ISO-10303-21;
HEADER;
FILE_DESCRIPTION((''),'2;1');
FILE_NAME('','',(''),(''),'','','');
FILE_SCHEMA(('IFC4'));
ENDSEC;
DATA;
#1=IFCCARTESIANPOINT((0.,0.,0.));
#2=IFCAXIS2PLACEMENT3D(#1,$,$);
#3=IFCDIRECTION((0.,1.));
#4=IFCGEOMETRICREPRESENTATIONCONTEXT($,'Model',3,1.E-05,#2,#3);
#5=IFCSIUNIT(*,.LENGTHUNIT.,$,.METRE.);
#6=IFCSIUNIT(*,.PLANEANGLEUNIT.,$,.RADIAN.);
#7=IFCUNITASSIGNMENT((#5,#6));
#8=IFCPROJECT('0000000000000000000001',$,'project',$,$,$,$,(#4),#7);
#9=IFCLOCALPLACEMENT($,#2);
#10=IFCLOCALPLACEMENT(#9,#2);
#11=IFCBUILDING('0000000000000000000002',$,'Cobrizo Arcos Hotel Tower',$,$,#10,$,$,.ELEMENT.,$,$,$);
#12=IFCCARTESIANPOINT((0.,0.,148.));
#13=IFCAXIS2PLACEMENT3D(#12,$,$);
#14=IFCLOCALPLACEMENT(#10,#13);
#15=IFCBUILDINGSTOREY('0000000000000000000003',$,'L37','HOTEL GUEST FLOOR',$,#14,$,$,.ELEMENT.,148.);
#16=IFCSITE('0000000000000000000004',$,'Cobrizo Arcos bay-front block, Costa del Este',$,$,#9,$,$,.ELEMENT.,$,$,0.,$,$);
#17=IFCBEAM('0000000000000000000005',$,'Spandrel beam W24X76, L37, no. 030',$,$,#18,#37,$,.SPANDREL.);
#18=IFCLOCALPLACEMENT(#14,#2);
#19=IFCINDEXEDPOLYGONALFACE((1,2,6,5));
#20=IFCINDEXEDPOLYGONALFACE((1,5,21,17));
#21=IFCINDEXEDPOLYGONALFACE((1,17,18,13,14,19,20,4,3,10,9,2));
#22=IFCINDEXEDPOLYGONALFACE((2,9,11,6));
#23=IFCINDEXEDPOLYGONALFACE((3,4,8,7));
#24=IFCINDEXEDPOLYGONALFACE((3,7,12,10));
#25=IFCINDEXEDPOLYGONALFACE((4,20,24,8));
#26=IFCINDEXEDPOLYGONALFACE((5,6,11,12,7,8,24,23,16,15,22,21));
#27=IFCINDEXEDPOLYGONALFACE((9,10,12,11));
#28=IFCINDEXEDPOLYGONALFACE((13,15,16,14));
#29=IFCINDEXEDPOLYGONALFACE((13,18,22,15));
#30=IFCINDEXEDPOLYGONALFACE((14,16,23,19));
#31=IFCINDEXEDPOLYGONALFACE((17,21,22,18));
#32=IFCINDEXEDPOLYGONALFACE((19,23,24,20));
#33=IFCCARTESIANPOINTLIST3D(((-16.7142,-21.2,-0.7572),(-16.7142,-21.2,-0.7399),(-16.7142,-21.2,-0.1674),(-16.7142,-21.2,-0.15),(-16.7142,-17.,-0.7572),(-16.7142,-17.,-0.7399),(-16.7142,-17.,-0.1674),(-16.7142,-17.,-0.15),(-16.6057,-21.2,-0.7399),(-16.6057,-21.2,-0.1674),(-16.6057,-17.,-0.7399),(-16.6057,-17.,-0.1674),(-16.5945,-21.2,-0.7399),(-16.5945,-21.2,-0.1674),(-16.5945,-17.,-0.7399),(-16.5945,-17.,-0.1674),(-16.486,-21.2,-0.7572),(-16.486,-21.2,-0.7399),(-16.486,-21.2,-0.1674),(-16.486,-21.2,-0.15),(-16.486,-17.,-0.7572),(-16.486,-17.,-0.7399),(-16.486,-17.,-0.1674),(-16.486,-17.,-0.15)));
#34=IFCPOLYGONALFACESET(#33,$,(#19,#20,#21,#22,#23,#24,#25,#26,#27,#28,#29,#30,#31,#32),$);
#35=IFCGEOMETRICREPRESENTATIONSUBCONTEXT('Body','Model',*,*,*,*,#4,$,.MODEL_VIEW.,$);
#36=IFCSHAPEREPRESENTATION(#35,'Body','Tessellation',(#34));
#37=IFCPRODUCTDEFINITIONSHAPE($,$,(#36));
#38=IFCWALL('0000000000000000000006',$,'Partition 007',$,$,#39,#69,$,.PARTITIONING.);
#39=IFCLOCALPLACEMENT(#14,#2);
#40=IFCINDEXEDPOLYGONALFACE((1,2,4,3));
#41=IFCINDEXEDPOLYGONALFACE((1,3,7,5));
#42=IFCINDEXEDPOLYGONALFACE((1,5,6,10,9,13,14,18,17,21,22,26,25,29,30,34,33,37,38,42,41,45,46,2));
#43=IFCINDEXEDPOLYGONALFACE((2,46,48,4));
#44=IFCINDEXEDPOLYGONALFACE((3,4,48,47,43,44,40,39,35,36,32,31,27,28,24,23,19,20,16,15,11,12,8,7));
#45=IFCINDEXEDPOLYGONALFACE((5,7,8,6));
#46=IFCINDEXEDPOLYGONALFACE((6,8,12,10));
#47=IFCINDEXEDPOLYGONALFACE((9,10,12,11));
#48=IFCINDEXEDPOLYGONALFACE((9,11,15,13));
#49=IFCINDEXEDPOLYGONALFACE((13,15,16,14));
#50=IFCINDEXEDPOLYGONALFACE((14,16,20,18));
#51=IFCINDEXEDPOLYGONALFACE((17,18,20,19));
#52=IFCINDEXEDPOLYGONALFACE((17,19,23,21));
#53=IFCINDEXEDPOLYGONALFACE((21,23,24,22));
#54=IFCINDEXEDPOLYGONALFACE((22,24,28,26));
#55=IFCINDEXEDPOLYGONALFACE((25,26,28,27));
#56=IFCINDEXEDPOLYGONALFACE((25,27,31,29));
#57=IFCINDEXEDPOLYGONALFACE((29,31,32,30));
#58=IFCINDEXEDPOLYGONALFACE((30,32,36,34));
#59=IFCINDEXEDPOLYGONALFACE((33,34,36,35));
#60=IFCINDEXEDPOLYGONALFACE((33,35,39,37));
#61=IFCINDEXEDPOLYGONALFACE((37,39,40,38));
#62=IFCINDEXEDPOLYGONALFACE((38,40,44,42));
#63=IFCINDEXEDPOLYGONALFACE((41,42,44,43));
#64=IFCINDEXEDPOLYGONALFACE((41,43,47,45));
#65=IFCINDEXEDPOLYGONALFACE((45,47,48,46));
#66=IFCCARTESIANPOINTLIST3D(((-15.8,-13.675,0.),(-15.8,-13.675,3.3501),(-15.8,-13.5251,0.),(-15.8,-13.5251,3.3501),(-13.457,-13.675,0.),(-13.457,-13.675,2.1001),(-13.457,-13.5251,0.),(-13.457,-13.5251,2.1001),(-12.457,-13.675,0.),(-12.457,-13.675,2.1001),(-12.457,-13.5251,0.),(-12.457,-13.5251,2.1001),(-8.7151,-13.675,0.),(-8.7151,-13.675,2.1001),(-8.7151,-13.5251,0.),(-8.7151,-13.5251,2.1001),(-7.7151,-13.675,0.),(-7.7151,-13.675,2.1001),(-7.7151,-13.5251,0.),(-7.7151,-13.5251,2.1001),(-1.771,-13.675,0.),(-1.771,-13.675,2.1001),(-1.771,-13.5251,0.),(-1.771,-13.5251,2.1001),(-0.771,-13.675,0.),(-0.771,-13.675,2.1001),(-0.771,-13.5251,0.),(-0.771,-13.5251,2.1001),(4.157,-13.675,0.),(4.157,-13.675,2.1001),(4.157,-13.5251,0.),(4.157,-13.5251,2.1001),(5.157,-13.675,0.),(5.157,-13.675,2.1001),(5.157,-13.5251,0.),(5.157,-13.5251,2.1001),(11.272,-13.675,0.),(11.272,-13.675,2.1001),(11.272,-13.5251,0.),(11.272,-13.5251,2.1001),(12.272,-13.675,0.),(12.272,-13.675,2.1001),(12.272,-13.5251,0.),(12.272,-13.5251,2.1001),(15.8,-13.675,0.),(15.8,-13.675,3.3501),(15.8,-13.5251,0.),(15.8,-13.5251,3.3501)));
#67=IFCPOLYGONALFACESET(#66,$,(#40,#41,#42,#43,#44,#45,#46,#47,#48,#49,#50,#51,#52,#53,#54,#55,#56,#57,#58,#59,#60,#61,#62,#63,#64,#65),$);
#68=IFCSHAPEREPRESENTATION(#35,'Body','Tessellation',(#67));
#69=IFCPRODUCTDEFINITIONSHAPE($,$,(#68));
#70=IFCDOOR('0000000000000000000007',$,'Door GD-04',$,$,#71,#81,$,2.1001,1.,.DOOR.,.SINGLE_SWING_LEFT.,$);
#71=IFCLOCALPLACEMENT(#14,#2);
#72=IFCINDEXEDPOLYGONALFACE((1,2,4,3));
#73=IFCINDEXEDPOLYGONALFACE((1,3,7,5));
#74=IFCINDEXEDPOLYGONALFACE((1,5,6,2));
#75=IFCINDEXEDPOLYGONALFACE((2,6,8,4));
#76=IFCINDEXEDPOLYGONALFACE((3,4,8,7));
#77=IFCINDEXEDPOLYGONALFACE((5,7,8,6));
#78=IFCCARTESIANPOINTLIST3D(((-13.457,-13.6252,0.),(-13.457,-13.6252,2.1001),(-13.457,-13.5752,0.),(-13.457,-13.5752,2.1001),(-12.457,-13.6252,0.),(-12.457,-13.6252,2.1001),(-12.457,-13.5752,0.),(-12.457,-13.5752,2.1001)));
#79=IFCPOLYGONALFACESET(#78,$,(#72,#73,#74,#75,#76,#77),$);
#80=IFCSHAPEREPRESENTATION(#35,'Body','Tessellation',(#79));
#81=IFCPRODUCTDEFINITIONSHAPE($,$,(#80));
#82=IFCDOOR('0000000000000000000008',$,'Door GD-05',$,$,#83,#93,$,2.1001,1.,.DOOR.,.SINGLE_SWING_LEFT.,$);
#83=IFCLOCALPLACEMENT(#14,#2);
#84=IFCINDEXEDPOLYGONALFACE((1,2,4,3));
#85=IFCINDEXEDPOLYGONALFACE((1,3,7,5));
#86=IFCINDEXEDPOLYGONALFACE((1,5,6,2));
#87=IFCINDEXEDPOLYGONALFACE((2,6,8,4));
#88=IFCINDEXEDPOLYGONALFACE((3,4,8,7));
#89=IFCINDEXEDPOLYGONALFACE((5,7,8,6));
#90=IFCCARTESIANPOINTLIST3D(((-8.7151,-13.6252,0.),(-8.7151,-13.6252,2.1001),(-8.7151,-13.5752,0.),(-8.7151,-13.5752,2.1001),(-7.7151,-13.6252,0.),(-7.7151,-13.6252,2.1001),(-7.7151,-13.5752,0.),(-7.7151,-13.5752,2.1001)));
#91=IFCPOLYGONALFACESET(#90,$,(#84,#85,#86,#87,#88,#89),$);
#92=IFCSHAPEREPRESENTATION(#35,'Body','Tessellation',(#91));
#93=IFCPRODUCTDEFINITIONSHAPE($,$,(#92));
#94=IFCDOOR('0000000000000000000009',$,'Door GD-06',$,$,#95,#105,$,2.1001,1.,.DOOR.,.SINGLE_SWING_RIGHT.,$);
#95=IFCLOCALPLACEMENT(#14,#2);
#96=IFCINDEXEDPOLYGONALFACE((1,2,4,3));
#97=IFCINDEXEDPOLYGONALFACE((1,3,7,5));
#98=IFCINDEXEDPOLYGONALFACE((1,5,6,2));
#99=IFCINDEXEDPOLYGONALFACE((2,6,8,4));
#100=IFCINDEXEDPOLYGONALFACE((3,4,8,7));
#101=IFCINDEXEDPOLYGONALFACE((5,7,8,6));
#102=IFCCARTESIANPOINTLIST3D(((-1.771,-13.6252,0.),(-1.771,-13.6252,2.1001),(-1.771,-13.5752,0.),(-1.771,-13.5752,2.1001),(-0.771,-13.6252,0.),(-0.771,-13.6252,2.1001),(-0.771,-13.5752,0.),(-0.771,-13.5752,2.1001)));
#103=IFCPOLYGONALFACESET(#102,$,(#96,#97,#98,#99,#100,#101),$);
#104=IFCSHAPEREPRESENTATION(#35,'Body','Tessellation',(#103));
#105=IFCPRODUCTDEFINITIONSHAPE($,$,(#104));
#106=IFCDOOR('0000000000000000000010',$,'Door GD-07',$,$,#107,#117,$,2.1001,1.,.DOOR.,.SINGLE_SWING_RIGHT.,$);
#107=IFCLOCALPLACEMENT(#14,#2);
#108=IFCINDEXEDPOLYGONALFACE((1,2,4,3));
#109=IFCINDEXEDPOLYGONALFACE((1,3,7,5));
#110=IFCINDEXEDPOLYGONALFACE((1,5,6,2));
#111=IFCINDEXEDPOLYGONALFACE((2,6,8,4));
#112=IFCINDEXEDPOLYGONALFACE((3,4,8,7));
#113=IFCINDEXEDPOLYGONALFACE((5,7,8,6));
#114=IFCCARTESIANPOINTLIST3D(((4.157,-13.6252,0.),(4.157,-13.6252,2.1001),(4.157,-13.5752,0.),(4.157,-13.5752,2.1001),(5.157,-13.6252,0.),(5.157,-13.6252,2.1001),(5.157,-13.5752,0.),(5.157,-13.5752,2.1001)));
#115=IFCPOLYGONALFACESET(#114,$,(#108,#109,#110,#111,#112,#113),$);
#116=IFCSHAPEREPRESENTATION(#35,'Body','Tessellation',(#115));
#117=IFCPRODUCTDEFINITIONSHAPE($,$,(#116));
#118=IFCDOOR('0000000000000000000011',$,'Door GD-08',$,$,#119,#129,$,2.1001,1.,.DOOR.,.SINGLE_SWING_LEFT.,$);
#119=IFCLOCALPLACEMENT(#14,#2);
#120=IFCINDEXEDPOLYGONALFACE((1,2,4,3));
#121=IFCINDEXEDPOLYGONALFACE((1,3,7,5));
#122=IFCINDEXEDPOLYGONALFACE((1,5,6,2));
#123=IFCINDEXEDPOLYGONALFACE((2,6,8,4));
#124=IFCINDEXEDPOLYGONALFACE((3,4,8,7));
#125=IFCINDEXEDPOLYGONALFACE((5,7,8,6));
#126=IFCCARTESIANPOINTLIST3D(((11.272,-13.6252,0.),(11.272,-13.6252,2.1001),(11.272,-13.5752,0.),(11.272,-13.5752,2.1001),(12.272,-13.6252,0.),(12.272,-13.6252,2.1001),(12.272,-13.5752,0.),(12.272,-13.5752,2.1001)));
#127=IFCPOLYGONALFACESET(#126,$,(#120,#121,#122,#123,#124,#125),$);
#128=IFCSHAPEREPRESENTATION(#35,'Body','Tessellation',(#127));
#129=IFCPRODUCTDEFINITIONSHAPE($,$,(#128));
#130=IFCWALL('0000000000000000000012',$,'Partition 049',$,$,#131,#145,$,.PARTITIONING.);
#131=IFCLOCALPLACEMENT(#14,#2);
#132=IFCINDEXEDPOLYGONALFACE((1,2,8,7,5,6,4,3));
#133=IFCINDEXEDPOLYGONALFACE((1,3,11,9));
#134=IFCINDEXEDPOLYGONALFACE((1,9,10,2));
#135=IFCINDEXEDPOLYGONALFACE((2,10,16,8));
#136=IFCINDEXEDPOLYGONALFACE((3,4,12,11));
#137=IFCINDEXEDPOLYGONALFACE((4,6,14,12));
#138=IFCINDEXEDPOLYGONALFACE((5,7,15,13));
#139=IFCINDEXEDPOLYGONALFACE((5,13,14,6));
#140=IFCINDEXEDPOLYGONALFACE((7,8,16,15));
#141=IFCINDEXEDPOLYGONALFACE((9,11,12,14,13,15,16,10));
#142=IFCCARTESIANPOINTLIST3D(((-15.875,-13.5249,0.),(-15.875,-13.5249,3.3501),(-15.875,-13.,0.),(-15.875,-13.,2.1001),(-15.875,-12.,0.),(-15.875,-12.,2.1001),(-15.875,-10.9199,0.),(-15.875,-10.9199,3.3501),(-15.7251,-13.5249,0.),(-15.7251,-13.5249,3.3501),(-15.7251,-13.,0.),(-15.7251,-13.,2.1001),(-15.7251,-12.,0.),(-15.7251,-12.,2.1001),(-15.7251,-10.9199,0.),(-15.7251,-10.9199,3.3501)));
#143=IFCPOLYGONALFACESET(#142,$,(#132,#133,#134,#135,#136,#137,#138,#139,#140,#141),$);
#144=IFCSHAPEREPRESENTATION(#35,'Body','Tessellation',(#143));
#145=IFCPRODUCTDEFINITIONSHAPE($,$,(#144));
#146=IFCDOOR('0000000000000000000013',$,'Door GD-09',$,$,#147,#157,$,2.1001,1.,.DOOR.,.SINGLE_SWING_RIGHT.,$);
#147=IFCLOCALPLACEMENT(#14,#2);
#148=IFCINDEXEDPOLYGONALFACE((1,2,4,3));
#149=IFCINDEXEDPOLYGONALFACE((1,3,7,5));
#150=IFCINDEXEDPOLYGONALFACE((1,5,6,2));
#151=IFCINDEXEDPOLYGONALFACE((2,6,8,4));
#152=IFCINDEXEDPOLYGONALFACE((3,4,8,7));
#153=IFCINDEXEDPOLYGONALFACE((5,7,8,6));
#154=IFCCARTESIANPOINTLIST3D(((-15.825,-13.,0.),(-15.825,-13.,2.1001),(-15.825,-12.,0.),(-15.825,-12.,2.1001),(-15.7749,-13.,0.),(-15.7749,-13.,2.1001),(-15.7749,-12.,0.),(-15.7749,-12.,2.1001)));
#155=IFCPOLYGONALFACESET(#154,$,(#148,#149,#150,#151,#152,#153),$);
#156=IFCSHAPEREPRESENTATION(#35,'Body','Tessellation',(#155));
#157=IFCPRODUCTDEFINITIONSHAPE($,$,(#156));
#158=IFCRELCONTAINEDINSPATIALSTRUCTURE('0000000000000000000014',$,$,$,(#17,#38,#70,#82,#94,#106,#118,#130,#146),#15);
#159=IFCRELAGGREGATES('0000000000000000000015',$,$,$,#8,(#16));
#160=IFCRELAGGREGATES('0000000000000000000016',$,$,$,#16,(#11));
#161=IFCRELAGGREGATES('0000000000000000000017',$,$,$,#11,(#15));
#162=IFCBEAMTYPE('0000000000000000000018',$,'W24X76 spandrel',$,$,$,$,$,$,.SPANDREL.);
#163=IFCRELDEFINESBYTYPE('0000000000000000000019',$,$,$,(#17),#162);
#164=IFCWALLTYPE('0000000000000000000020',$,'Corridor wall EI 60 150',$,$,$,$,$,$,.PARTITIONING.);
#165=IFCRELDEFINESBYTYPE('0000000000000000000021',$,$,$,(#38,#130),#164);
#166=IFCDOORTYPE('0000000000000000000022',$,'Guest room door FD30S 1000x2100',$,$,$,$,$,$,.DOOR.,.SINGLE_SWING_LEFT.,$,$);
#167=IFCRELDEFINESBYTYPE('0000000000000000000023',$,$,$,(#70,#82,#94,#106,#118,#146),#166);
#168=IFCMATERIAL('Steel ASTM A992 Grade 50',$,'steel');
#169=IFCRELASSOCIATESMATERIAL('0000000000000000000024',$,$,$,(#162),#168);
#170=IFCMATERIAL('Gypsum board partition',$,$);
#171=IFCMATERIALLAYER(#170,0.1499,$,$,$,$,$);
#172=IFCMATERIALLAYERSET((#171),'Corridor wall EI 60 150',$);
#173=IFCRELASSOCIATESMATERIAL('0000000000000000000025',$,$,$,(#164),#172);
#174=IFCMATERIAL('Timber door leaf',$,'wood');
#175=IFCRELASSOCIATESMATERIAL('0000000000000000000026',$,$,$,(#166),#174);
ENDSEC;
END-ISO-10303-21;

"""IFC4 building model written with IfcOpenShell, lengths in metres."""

from ifc_helpers import new_model, si_unit, direction, frame, frame_2d, origin, origin_2d, place, context, subcontext, project, spatial, rectangle, i_section, extrude, material, layer, layer_set, material_profile, profile_set, type_object, element, fill, save


model = new_model("IFC4")

# Units and contexts
model_context = context("Model", 3, precision=1e-05, world=origin(), true_north=direction((0.0, 1.0)))
body_context = subcontext(model_context, "Body", "Model", "MODEL_VIEW")
ifc_project = project(units=[si_unit("LENGTHUNIT", "METRE"), si_unit("PLANEANGLEUNIT", "RADIAN")], contexts=[model_context])

# Site, building, storey
site_placement = place(None, origin())
site = spatial("IfcSite", under=ifc_project, at=site_placement, Name="Cobrizo Arcos bay-front block, Costa del Este", CompositionType="ELEMENT", RefElevation=0.0)
building_placement = place(site_placement, origin())
building = spatial("IfcBuilding", under=site, at=building_placement, Name="Cobrizo Arcos Hotel Tower", CompositionType="ELEMENT")
storey_placement = place(building_placement, frame((0.0, 0.0, 148.0)))
storey = spatial("IfcBuildingStorey", under=building, at=storey_placement, Name="L37", Description="HOTEL GUEST FLOOR", CompositionType="ELEMENT", Elevation=148.0)

# Beam
ifc_material_1 = material(Name="Steel ASTM A992 Grade 50", Category="steel")
ifc_material_profile_1 = material_profile(ifc_material_1, i_section(OverallWidth=0.2283, OverallDepth=0.6072, WebThickness=0.0112, FlangeThickness=0.0173, at=origin_2d()), Name="W24X76")
ifc_profile_set_1 = profile_set([ifc_material_profile_1], Name="Steel ASTM A992 Grade 50")
beam_type_1 = type_object("IfcBeamType", Name="W24X76 spandrel", PredefinedType="SPANDREL", material=ifc_profile_set_1)
beam_1_placement = place(storey_placement, frame((-16.6001, -17.0, -0.4536), z_axis=(0.0, -1.0, 0.0), x_axis=(1.0, 0.0, 0.0)))
element("IfcBeam", 1, at=beam_1_placement, inside=storey, type_object=beam_type_1, Name="Spandrel beam W24X76, L37, no. 030", PredefinedType="SPANDREL", context=body_context, shape_type="SweptSolid", body=[
    extrude(i_section(OverallWidth=0.2283, OverallDepth=0.6072, WebThickness=0.0112, FlangeThickness=0.0173, at=origin_2d()), origin(), (0.0, 0.0, 1.0), 4.2),
])

# Wall, openings, doors
ifc_material_2 = material(Name="Gypsum board partition")
ifc_layer_1 = layer(ifc_material_2, 0.1499)
ifc_layer_set_1 = layer_set([ifc_layer_1], Name="Corridor wall EI 60 150")
wall_type_1 = type_object("IfcWallType", Name="Corridor wall EI 60 150", PredefinedType="PARTITIONING", material=ifc_layer_set_1)
wall_1_placement = place(storey_placement, frame((-15.8, -13.6001, 0.0), z_axis=(0.0, 0.0, 1.0), x_axis=(1.0, 0.0, 0.0)))
wall_1 = element("IfcWall", 2, at=wall_1_placement, inside=storey, type_object=wall_type_1, Name="Partition 007", PredefinedType="PARTITIONING", context=body_context, shape_type="SweptSolid", body=[
    extrude(rectangle(XDim=31.6001, YDim=0.1499, at=frame_2d((15.8, 0.0))), origin(), (0.0, 0.0, 1.0), 3.3501),
])
opening_1_placement = place(wall_1_placement, frame((2.343, 0.0, 0.0)))
opening_1 = element("IfcOpeningElement", 3, at=opening_1_placement, cuts=wall_1, PredefinedType="OPENING", context=body_context, shape_type="SweptSolid", body=[
    extrude(rectangle(XDim=1.0, YDim=2.1001, at=frame_2d((0.5, 1.05))), frame((0.0, 0.0869, 0.0), z_axis=(0.0, -1.0, 0.0), x_axis=(1.0, 0.0, 0.0)), (0.0, 0.0, 1.0), 0.1738),
])
opening_2_placement = place(wall_1_placement, frame((7.085, 0.0, 0.0)))
opening_2 = element("IfcOpeningElement", 4, at=opening_2_placement, cuts=wall_1, PredefinedType="OPENING", context=body_context, shape_type="SweptSolid", body=[
    extrude(rectangle(XDim=1.0, YDim=2.1001, at=frame_2d((0.5, 1.05))), frame((0.0, 0.0869, 0.0), z_axis=(0.0, -1.0, 0.0), x_axis=(1.0, 0.0, 0.0)), (0.0, 0.0, 1.0), 0.1738),
])
opening_3_placement = place(wall_1_placement, frame((14.0291, 0.0, 0.0)))
opening_3 = element("IfcOpeningElement", 5, at=opening_3_placement, cuts=wall_1, PredefinedType="OPENING", context=body_context, shape_type="SweptSolid", body=[
    extrude(rectangle(XDim=1.0, YDim=2.1001, at=frame_2d((0.5, 1.05))), frame((0.0, 0.0869, 0.0), z_axis=(0.0, -1.0, 0.0), x_axis=(1.0, 0.0, 0.0)), (0.0, 0.0, 1.0), 0.1738),
])
opening_4_placement = place(wall_1_placement, frame((19.957, 0.0, 0.0)))
opening_4 = element("IfcOpeningElement", 6, at=opening_4_placement, cuts=wall_1, PredefinedType="OPENING", context=body_context, shape_type="SweptSolid", body=[
    extrude(rectangle(XDim=1.0, YDim=2.1001, at=frame_2d((0.5, 1.05))), frame((0.0, 0.0869, 0.0), z_axis=(0.0, -1.0, 0.0), x_axis=(1.0, 0.0, 0.0)), (0.0, 0.0, 1.0), 0.1738),
])
opening_5_placement = place(wall_1_placement, frame((27.072, 0.0, 0.0)))
opening_5 = element("IfcOpeningElement", 7, at=opening_5_placement, cuts=wall_1, PredefinedType="OPENING", context=body_context, shape_type="SweptSolid", body=[
    extrude(rectangle(XDim=1.0, YDim=2.1001, at=frame_2d((0.5, 1.05))), frame((0.0, 0.0869, 0.0), z_axis=(0.0, -1.0, 0.0), x_axis=(1.0, 0.0, 0.0)), (0.0, 0.0, 1.0), 0.1738),
])
ifc_material_3 = material(Name="Timber door leaf", Category="wood")
door_type_1 = type_object("IfcDoorType", Name="Guest room door FD30S 1000x2100", OperationType="SINGLE_SWING_LEFT", PredefinedType="DOOR", material=ifc_material_3)
door_1_placement = place(opening_1_placement, origin())
door_1 = element("IfcDoor", 8, at=door_1_placement, inside=storey, type_object=door_type_1, Name="Door GD-04", OperationType="SINGLE_SWING_LEFT", OverallHeight=2.1001, OverallWidth=1.0, PredefinedType="DOOR", context=body_context, shape_type="SweptSolid", body=[
    extrude(rectangle(XDim=1.0, YDim=2.1001, at=frame_2d((0.5, 1.05))), frame((0.0, 0.0249, 0.0), z_axis=(0.0, -1.0, 0.0), x_axis=(1.0, 0.0, 0.0)), (0.0, 0.0, 1.0), 0.05),
])
fill(opening_1, door_1)
door_2_placement = place(opening_2_placement, origin())
door_2 = element("IfcDoor", 9, at=door_2_placement, inside=storey, type_object=door_type_1, Name="Door GD-05", OperationType="SINGLE_SWING_LEFT", OverallHeight=2.1001, OverallWidth=1.0, PredefinedType="DOOR", context=body_context, shape_type="SweptSolid", body=[
    extrude(rectangle(XDim=1.0, YDim=2.1001, at=frame_2d((0.5, 1.05))), frame((0.0, 0.0249, 0.0), z_axis=(0.0, -1.0, 0.0), x_axis=(1.0, 0.0, 0.0)), (0.0, 0.0, 1.0), 0.05),
])
fill(opening_2, door_2)
door_3_placement = place(opening_3_placement, origin())
door_3 = element("IfcDoor", 10, at=door_3_placement, inside=storey, type_object=door_type_1, Name="Door GD-06", OperationType="SINGLE_SWING_RIGHT", OverallHeight=2.1001, OverallWidth=1.0, PredefinedType="DOOR", context=body_context, shape_type="SweptSolid", body=[
    extrude(rectangle(XDim=1.0, YDim=2.1001, at=frame_2d((0.5, 1.05))), frame((0.0, 0.0249, 0.0), z_axis=(0.0, -1.0, 0.0), x_axis=(1.0, 0.0, 0.0)), (0.0, 0.0, 1.0), 0.05),
])
fill(opening_3, door_3)
door_4_placement = place(opening_4_placement, origin())
door_4 = element("IfcDoor", 11, at=door_4_placement, inside=storey, type_object=door_type_1, Name="Door GD-07", OperationType="SINGLE_SWING_RIGHT", OverallHeight=2.1001, OverallWidth=1.0, PredefinedType="DOOR", context=body_context, shape_type="SweptSolid", body=[
    extrude(rectangle(XDim=1.0, YDim=2.1001, at=frame_2d((0.5, 1.05))), frame((0.0, 0.0249, 0.0), z_axis=(0.0, -1.0, 0.0), x_axis=(1.0, 0.0, 0.0)), (0.0, 0.0, 1.0), 0.05),
])
fill(opening_4, door_4)
door_5_placement = place(opening_5_placement, origin())
door_5 = element("IfcDoor", 12, at=door_5_placement, inside=storey, type_object=door_type_1, Name="Door GD-08", OperationType="SINGLE_SWING_LEFT", OverallHeight=2.1001, OverallWidth=1.0, PredefinedType="DOOR", context=body_context, shape_type="SweptSolid", body=[
    extrude(rectangle(XDim=1.0, YDim=2.1001, at=frame_2d((0.5, 1.05))), frame((0.0, 0.0249, 0.0), z_axis=(0.0, -1.0, 0.0), x_axis=(1.0, 0.0, 0.0)), (0.0, 0.0, 1.0), 0.05),
])
fill(opening_5, door_5)

# Wall, opening, door
wall_2_placement = place(storey_placement, frame((-15.8, -13.5249, 0.0), z_axis=(0.0, 0.0, 1.0), x_axis=(0.0, 1.0, 0.0)))
wall_2 = element("IfcWall", 13, at=wall_2_placement, inside=storey, type_object=wall_type_1, Name="Partition 049", PredefinedType="PARTITIONING", context=body_context, shape_type="SweptSolid", body=[
    extrude(rectangle(XDim=2.605, YDim=0.1499, at=frame_2d((1.3025, 0.0))), origin(), (0.0, 0.0, 1.0), 3.3501),
])
opening_6_placement = place(wall_2_placement, frame((0.5249, 0.0, 0.0)))
opening_6 = element("IfcOpeningElement", 14, at=opening_6_placement, cuts=wall_2, PredefinedType="OPENING", context=body_context, shape_type="SweptSolid", body=[
    extrude(rectangle(XDim=1.0, YDim=2.1001, at=frame_2d((0.5, 1.05))), frame((0.0, 0.0869, 0.0), z_axis=(0.0, -1.0, 0.0), x_axis=(1.0, 0.0, 0.0)), (0.0, 0.0, 1.0), 0.1738),
])
door_6_placement = place(opening_6_placement, origin())
door_6 = element("IfcDoor", 15, at=door_6_placement, inside=storey, type_object=door_type_1, Name="Door GD-09", OperationType="SINGLE_SWING_RIGHT", OverallHeight=2.1001, OverallWidth=1.0, PredefinedType="DOOR", context=body_context, shape_type="SweptSolid", body=[
    extrude(rectangle(XDim=1.0, YDim=2.1001, at=frame_2d((0.5, 1.05))), frame((0.0, 0.0249, 0.0), z_axis=(0.0, -1.0, 0.0), x_axis=(1.0, 0.0, 0.0)), (0.0, 0.0, 1.0), 0.05),
])
fill(opening_6, door_6)

save(model, "model.ifc")
